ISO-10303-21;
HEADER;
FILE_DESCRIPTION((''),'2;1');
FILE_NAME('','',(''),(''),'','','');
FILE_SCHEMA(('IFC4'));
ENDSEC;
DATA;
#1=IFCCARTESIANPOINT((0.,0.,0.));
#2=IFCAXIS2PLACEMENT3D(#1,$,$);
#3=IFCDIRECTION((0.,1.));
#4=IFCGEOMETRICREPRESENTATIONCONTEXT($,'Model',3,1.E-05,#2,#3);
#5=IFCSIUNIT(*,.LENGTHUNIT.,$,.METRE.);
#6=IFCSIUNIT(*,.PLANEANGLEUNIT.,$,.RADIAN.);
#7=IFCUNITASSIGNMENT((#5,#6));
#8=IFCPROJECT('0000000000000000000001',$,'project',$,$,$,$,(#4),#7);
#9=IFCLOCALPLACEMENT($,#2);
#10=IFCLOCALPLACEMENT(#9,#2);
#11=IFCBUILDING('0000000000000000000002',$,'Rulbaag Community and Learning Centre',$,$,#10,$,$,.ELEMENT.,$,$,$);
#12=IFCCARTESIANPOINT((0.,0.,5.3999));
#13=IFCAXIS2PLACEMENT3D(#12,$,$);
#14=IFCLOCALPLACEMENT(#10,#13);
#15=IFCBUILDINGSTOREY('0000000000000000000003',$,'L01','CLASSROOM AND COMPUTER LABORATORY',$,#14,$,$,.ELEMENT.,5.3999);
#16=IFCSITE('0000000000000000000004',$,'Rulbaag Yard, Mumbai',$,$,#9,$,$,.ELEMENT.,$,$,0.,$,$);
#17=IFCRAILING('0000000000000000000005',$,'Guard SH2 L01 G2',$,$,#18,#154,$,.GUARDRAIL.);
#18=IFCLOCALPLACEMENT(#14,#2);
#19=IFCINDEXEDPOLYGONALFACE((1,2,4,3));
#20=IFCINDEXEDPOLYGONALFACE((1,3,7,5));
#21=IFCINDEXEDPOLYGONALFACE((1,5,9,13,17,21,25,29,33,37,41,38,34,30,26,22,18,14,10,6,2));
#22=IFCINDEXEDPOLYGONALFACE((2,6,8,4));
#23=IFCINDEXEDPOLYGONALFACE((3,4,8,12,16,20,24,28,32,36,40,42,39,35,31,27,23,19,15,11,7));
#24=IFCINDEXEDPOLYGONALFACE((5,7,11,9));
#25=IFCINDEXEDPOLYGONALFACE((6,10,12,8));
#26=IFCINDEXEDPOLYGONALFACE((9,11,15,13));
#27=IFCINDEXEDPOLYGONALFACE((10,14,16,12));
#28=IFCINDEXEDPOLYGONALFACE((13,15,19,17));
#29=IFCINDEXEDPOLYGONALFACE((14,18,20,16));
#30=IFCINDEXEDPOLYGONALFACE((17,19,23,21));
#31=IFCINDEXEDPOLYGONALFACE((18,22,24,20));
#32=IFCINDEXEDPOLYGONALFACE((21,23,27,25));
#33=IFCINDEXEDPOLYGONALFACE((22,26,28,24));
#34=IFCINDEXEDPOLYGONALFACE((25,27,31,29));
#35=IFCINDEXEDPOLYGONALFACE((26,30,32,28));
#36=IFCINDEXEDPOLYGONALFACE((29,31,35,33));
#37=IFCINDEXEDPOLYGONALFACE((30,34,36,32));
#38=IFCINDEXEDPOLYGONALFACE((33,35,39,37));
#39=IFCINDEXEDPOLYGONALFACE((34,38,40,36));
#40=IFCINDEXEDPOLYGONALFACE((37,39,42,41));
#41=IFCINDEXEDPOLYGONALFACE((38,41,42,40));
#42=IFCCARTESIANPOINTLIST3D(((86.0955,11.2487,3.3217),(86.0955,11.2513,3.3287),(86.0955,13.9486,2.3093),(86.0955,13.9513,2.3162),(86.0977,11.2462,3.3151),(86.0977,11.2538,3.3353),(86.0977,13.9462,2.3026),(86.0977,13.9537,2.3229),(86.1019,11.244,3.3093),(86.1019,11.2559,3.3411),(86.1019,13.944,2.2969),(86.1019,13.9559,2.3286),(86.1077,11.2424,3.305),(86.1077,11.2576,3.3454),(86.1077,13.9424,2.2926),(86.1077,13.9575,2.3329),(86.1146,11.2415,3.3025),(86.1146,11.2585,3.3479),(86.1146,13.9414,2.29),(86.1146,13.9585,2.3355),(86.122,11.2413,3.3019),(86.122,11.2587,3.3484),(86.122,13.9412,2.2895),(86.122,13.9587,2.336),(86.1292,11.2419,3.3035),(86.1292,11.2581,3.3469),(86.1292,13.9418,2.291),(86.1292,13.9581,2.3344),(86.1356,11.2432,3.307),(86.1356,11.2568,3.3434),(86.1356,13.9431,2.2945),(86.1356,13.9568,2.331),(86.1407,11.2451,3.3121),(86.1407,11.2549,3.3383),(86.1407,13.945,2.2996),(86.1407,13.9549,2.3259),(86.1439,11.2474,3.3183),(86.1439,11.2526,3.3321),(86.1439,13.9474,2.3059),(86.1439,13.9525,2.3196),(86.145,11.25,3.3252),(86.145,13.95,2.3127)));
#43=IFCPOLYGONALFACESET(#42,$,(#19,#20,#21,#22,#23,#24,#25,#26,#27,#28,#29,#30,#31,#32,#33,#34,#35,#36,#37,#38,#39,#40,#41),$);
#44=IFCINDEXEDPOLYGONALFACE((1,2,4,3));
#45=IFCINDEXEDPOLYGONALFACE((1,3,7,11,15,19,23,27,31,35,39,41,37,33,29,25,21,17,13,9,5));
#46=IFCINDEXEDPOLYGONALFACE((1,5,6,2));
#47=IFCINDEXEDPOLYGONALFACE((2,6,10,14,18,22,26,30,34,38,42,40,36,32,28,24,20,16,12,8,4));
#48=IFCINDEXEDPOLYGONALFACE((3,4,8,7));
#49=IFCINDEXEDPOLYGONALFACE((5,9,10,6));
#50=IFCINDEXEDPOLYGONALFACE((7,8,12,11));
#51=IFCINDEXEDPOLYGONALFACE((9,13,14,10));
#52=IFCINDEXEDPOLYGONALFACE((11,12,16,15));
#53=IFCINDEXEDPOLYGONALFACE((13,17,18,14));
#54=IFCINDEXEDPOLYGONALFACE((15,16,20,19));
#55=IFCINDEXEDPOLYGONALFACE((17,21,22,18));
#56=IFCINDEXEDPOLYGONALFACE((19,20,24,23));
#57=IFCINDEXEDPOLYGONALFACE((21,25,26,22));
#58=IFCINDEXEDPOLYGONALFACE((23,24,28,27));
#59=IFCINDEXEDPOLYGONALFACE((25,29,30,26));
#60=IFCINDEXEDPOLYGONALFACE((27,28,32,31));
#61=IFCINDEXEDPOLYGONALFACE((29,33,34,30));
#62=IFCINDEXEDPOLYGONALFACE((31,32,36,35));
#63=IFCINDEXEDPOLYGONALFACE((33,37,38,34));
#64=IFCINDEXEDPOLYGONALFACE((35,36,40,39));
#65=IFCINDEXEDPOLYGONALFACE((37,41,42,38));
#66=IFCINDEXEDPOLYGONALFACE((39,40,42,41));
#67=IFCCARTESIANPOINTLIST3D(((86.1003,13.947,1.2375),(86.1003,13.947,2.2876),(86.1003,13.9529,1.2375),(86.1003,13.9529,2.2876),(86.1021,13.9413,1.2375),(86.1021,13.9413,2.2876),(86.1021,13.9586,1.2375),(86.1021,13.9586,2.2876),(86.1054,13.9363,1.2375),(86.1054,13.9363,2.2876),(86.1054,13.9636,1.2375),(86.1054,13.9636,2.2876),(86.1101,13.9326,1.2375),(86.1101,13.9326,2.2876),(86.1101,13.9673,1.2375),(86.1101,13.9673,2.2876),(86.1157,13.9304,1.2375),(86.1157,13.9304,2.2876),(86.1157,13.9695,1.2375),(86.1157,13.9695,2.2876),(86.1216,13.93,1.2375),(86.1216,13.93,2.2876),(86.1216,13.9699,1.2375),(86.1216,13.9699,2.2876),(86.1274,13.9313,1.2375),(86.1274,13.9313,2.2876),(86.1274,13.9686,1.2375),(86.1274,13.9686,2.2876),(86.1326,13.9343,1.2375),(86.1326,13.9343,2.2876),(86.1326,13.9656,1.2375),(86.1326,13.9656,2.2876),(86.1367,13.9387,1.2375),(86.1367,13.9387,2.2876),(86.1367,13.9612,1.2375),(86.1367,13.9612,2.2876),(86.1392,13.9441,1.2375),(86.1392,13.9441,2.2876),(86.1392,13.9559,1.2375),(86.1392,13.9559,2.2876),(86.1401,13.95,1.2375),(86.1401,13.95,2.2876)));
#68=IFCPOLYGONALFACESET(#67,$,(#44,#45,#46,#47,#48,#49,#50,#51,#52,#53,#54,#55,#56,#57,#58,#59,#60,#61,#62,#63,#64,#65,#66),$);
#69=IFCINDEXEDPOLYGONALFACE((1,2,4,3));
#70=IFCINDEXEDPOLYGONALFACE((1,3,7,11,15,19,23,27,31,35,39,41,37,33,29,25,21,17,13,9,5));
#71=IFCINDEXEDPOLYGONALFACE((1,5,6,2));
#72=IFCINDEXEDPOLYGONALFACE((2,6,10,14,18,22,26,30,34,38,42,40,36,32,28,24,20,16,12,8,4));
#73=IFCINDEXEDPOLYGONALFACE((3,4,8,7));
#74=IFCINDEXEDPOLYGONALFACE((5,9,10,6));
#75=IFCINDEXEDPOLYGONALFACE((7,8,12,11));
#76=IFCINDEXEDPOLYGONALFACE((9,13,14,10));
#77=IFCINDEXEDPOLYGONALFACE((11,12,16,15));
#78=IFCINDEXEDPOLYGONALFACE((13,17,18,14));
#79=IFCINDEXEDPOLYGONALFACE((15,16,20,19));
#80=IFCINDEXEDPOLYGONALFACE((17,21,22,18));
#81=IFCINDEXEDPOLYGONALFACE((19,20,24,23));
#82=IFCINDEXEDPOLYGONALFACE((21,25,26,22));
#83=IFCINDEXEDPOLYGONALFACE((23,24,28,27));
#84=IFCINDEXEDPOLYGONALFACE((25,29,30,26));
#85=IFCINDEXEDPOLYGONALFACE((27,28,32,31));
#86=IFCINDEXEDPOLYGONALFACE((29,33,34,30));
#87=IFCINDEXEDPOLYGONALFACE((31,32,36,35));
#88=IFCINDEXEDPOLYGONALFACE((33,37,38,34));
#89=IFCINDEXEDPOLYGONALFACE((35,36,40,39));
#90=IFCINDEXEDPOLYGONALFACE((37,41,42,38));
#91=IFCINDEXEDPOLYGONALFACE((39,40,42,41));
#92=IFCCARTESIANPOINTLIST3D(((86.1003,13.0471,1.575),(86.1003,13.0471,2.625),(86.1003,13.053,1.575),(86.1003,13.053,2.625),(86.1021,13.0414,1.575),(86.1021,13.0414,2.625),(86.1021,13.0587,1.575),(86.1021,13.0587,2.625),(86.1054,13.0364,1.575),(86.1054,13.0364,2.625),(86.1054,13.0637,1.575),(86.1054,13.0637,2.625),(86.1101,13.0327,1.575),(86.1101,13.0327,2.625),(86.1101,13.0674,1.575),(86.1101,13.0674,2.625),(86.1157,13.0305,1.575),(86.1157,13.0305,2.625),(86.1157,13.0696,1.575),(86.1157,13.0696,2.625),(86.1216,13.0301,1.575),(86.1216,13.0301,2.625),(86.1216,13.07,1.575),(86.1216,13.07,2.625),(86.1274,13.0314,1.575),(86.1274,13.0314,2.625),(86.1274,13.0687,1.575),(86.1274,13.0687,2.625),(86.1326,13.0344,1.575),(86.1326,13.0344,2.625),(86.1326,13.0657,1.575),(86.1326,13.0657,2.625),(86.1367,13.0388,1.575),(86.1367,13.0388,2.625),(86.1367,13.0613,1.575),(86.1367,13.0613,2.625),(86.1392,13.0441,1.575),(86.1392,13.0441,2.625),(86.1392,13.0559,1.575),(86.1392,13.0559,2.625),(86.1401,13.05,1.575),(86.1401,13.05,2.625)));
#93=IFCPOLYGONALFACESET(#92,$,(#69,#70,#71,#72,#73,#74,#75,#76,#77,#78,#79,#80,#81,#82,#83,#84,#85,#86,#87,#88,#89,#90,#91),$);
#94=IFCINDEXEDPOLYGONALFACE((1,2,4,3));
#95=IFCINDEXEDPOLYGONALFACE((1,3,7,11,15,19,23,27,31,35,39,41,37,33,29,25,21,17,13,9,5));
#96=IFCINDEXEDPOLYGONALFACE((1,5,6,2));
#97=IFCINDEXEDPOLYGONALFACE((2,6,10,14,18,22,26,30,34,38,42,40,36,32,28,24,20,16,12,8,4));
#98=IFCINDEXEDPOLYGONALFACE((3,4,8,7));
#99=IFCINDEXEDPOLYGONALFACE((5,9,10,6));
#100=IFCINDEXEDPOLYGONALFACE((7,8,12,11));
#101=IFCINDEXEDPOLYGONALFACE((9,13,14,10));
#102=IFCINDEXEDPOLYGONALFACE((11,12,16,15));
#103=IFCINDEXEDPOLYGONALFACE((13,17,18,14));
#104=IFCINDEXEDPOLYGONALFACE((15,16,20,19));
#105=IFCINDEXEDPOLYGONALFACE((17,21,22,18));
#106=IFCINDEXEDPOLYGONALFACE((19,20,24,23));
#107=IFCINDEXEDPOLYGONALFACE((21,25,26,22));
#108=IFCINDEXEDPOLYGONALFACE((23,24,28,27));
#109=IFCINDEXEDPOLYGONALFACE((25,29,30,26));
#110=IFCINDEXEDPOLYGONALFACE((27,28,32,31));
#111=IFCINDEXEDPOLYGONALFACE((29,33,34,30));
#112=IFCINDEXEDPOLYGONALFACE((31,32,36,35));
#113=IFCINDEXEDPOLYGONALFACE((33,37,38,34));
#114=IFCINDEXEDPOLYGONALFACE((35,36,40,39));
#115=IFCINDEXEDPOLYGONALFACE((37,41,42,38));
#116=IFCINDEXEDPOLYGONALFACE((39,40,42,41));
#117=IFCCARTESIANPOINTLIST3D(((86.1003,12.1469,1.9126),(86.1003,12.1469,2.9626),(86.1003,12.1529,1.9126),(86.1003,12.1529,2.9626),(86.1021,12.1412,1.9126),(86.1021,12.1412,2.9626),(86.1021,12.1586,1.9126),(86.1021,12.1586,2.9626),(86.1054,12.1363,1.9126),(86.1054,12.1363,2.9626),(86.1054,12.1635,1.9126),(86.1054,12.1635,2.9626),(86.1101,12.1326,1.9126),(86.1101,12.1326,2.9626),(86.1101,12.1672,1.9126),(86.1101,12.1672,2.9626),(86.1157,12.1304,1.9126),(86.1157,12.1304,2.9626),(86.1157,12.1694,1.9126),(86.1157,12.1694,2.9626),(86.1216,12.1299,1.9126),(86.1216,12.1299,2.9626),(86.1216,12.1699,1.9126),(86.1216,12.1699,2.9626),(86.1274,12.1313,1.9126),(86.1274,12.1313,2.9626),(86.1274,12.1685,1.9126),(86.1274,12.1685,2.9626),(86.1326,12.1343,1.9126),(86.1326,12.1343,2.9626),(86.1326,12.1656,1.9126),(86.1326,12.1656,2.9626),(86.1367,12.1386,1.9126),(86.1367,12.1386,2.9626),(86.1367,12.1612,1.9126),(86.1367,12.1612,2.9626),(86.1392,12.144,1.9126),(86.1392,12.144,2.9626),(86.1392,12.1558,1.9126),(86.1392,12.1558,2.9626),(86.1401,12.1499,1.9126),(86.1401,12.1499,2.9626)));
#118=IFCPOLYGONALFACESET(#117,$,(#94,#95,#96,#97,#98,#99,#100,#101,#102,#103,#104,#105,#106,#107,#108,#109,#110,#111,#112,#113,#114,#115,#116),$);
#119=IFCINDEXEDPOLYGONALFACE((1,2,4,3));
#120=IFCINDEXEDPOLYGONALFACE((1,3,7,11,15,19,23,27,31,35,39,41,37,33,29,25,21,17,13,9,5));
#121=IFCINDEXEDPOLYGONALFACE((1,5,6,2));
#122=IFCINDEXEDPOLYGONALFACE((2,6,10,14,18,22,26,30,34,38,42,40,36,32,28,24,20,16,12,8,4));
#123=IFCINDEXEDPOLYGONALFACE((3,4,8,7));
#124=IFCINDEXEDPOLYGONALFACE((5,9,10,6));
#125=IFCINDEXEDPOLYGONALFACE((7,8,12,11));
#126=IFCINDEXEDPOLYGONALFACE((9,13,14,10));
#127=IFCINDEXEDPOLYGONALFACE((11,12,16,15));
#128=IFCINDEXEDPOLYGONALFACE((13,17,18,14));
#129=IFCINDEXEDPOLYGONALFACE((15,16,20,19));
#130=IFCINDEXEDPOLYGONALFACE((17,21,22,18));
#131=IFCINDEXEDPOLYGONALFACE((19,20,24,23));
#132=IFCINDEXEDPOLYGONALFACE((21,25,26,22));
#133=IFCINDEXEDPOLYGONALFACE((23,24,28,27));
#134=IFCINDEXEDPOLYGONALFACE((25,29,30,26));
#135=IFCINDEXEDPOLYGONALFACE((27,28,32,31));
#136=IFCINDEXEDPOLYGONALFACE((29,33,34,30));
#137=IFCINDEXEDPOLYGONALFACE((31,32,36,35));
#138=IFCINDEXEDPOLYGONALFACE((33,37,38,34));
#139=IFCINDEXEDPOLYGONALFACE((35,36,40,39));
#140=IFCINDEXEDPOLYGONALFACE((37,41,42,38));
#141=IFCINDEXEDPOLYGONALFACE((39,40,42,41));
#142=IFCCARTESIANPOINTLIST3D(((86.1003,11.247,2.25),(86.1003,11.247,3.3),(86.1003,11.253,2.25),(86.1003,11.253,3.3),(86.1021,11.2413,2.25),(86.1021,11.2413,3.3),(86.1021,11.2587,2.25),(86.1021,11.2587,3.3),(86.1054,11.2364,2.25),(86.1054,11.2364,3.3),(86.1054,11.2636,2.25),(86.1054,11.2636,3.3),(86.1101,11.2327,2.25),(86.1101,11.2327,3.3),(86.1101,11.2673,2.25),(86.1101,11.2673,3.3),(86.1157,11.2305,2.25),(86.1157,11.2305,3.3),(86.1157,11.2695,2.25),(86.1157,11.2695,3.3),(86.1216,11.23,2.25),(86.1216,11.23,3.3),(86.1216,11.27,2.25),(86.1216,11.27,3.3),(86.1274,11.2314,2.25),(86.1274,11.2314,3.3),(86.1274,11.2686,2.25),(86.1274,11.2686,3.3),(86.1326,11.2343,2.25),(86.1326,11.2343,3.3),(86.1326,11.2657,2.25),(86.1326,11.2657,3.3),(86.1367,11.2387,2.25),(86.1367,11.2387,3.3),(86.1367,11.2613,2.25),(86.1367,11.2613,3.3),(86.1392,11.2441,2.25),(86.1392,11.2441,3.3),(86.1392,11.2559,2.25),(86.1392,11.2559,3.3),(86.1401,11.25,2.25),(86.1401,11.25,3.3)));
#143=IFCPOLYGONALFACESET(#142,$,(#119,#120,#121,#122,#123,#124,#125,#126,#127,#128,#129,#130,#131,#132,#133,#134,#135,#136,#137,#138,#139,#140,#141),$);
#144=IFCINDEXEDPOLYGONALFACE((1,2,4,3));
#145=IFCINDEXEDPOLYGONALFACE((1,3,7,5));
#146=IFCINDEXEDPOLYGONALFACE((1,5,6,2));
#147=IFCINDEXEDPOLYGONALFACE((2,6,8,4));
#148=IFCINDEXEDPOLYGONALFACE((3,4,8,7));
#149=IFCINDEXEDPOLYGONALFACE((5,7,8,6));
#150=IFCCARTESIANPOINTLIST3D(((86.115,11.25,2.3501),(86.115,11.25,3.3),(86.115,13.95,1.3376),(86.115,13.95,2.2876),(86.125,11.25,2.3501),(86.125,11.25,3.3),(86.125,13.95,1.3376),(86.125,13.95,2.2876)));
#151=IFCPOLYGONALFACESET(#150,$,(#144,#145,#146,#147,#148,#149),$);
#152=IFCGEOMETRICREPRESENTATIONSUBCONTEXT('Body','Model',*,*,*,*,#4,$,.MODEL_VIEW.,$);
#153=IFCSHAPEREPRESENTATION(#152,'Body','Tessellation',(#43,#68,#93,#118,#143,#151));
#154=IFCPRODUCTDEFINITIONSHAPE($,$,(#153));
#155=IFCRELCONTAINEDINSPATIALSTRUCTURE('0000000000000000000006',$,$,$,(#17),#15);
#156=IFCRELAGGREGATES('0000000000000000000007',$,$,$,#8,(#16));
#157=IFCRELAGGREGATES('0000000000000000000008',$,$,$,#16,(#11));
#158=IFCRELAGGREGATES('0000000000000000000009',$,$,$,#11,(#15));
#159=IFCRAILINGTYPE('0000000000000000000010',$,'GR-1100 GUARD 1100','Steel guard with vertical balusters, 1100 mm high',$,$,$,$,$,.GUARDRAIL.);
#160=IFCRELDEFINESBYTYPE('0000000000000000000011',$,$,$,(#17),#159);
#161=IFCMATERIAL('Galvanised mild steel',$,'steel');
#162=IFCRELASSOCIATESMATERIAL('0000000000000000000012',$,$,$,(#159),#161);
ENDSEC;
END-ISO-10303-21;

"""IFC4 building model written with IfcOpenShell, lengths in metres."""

from ifc_helpers import new_model, si_unit, direction, frame, origin, origin_2d, place, context, subcontext, project, spatial, polyline, circle, outline, extrude, material, type_object, element, save


model = new_model("IFC4")

# Units and contexts
model_context = context("Model", 3, precision=1e-05, world=origin(), true_north=direction((0.0, 1.0)))
body_context = subcontext(model_context, "Body", "Model", "MODEL_VIEW")
ifc_project = project(units=[si_unit("LENGTHUNIT", "METRE"), si_unit("PLANEANGLEUNIT", "RADIAN")], contexts=[model_context])

# Site, building, storey
site_placement = place(None, origin())
site = spatial("IfcSite", under=ifc_project, at=site_placement, Name="Rulbaag Yard, Mumbai", CompositionType="ELEMENT", RefElevation=0.0)
building_placement = place(site_placement, origin())
building = spatial("IfcBuilding", under=site, at=building_placement, Name="Rulbaag Community and Learning Centre", CompositionType="ELEMENT")
storey_placement = place(building_placement, frame((0.0, 0.0, 5.3999)))
storey = spatial("IfcBuildingStorey", under=building, at=storey_placement, Name="L01", Description="CLASSROOM AND COMPUTER LABORATORY", CompositionType="ELEMENT", Elevation=5.3999)

# Railing
ifc_material_1 = material(Name="Galvanised mild steel", Category="steel")
railing_type_1 = type_object("IfcRailingType", Name="GR-1100 GUARD 1100", Description="Steel guard with vertical balusters, 1100 mm high", PredefinedType="GUARDRAIL", material=ifc_material_1)
railing_1_placement = place(storey_placement, frame((86.1201, 13.95, 1.2375)))
element("IfcRailing", 1, at=railing_1_placement, inside=storey, type_object=railing_type_1, Name="Guard SH2 L01 G2", PredefinedType="GUARDRAIL", context=body_context, shape_type="SweptSolid", body=[
    extrude(circle(Radius=0.0249, at=origin_2d()), frame((0.0, 0.0, 1.0752), z_axis=(0.0, -0.936333, 0.351114), x_axis=(1.0, 0.0, 0.0)), (0.0, 0.0, 1.0), 2.8835),
    extrude(circle(Radius=0.02, at=origin_2d()), origin(), (0.0, 0.0, 1.0), 1.05),
    extrude(circle(Radius=0.02, at=origin_2d()), frame((0.0, -0.8999, 0.3374)), (0.0, 0.0, 1.0), 1.05),
    extrude(circle(Radius=0.02, at=origin_2d()), frame((0.0, -1.8, 0.675)), (0.0, 0.0, 1.0), 1.05),
    extrude(circle(Radius=0.02, at=origin_2d()), frame((0.0, -2.7, 1.0125)), (0.0, 0.0, 1.0), 1.05),
    extrude(outline(polyline([(0.0, 0.0), (2.7, 1.0125), (2.7, 1.9624), (0.0, 0.95), (0.0, 0.0)])), frame((0.0049, 0.0, 0.1001), z_axis=(-1.0, 0.0, 0.0), x_axis=(0.0, -1.0, 0.0)), (0.0, 0.0, 1.0), 0.01),
])

save(model, "model.ifc")
